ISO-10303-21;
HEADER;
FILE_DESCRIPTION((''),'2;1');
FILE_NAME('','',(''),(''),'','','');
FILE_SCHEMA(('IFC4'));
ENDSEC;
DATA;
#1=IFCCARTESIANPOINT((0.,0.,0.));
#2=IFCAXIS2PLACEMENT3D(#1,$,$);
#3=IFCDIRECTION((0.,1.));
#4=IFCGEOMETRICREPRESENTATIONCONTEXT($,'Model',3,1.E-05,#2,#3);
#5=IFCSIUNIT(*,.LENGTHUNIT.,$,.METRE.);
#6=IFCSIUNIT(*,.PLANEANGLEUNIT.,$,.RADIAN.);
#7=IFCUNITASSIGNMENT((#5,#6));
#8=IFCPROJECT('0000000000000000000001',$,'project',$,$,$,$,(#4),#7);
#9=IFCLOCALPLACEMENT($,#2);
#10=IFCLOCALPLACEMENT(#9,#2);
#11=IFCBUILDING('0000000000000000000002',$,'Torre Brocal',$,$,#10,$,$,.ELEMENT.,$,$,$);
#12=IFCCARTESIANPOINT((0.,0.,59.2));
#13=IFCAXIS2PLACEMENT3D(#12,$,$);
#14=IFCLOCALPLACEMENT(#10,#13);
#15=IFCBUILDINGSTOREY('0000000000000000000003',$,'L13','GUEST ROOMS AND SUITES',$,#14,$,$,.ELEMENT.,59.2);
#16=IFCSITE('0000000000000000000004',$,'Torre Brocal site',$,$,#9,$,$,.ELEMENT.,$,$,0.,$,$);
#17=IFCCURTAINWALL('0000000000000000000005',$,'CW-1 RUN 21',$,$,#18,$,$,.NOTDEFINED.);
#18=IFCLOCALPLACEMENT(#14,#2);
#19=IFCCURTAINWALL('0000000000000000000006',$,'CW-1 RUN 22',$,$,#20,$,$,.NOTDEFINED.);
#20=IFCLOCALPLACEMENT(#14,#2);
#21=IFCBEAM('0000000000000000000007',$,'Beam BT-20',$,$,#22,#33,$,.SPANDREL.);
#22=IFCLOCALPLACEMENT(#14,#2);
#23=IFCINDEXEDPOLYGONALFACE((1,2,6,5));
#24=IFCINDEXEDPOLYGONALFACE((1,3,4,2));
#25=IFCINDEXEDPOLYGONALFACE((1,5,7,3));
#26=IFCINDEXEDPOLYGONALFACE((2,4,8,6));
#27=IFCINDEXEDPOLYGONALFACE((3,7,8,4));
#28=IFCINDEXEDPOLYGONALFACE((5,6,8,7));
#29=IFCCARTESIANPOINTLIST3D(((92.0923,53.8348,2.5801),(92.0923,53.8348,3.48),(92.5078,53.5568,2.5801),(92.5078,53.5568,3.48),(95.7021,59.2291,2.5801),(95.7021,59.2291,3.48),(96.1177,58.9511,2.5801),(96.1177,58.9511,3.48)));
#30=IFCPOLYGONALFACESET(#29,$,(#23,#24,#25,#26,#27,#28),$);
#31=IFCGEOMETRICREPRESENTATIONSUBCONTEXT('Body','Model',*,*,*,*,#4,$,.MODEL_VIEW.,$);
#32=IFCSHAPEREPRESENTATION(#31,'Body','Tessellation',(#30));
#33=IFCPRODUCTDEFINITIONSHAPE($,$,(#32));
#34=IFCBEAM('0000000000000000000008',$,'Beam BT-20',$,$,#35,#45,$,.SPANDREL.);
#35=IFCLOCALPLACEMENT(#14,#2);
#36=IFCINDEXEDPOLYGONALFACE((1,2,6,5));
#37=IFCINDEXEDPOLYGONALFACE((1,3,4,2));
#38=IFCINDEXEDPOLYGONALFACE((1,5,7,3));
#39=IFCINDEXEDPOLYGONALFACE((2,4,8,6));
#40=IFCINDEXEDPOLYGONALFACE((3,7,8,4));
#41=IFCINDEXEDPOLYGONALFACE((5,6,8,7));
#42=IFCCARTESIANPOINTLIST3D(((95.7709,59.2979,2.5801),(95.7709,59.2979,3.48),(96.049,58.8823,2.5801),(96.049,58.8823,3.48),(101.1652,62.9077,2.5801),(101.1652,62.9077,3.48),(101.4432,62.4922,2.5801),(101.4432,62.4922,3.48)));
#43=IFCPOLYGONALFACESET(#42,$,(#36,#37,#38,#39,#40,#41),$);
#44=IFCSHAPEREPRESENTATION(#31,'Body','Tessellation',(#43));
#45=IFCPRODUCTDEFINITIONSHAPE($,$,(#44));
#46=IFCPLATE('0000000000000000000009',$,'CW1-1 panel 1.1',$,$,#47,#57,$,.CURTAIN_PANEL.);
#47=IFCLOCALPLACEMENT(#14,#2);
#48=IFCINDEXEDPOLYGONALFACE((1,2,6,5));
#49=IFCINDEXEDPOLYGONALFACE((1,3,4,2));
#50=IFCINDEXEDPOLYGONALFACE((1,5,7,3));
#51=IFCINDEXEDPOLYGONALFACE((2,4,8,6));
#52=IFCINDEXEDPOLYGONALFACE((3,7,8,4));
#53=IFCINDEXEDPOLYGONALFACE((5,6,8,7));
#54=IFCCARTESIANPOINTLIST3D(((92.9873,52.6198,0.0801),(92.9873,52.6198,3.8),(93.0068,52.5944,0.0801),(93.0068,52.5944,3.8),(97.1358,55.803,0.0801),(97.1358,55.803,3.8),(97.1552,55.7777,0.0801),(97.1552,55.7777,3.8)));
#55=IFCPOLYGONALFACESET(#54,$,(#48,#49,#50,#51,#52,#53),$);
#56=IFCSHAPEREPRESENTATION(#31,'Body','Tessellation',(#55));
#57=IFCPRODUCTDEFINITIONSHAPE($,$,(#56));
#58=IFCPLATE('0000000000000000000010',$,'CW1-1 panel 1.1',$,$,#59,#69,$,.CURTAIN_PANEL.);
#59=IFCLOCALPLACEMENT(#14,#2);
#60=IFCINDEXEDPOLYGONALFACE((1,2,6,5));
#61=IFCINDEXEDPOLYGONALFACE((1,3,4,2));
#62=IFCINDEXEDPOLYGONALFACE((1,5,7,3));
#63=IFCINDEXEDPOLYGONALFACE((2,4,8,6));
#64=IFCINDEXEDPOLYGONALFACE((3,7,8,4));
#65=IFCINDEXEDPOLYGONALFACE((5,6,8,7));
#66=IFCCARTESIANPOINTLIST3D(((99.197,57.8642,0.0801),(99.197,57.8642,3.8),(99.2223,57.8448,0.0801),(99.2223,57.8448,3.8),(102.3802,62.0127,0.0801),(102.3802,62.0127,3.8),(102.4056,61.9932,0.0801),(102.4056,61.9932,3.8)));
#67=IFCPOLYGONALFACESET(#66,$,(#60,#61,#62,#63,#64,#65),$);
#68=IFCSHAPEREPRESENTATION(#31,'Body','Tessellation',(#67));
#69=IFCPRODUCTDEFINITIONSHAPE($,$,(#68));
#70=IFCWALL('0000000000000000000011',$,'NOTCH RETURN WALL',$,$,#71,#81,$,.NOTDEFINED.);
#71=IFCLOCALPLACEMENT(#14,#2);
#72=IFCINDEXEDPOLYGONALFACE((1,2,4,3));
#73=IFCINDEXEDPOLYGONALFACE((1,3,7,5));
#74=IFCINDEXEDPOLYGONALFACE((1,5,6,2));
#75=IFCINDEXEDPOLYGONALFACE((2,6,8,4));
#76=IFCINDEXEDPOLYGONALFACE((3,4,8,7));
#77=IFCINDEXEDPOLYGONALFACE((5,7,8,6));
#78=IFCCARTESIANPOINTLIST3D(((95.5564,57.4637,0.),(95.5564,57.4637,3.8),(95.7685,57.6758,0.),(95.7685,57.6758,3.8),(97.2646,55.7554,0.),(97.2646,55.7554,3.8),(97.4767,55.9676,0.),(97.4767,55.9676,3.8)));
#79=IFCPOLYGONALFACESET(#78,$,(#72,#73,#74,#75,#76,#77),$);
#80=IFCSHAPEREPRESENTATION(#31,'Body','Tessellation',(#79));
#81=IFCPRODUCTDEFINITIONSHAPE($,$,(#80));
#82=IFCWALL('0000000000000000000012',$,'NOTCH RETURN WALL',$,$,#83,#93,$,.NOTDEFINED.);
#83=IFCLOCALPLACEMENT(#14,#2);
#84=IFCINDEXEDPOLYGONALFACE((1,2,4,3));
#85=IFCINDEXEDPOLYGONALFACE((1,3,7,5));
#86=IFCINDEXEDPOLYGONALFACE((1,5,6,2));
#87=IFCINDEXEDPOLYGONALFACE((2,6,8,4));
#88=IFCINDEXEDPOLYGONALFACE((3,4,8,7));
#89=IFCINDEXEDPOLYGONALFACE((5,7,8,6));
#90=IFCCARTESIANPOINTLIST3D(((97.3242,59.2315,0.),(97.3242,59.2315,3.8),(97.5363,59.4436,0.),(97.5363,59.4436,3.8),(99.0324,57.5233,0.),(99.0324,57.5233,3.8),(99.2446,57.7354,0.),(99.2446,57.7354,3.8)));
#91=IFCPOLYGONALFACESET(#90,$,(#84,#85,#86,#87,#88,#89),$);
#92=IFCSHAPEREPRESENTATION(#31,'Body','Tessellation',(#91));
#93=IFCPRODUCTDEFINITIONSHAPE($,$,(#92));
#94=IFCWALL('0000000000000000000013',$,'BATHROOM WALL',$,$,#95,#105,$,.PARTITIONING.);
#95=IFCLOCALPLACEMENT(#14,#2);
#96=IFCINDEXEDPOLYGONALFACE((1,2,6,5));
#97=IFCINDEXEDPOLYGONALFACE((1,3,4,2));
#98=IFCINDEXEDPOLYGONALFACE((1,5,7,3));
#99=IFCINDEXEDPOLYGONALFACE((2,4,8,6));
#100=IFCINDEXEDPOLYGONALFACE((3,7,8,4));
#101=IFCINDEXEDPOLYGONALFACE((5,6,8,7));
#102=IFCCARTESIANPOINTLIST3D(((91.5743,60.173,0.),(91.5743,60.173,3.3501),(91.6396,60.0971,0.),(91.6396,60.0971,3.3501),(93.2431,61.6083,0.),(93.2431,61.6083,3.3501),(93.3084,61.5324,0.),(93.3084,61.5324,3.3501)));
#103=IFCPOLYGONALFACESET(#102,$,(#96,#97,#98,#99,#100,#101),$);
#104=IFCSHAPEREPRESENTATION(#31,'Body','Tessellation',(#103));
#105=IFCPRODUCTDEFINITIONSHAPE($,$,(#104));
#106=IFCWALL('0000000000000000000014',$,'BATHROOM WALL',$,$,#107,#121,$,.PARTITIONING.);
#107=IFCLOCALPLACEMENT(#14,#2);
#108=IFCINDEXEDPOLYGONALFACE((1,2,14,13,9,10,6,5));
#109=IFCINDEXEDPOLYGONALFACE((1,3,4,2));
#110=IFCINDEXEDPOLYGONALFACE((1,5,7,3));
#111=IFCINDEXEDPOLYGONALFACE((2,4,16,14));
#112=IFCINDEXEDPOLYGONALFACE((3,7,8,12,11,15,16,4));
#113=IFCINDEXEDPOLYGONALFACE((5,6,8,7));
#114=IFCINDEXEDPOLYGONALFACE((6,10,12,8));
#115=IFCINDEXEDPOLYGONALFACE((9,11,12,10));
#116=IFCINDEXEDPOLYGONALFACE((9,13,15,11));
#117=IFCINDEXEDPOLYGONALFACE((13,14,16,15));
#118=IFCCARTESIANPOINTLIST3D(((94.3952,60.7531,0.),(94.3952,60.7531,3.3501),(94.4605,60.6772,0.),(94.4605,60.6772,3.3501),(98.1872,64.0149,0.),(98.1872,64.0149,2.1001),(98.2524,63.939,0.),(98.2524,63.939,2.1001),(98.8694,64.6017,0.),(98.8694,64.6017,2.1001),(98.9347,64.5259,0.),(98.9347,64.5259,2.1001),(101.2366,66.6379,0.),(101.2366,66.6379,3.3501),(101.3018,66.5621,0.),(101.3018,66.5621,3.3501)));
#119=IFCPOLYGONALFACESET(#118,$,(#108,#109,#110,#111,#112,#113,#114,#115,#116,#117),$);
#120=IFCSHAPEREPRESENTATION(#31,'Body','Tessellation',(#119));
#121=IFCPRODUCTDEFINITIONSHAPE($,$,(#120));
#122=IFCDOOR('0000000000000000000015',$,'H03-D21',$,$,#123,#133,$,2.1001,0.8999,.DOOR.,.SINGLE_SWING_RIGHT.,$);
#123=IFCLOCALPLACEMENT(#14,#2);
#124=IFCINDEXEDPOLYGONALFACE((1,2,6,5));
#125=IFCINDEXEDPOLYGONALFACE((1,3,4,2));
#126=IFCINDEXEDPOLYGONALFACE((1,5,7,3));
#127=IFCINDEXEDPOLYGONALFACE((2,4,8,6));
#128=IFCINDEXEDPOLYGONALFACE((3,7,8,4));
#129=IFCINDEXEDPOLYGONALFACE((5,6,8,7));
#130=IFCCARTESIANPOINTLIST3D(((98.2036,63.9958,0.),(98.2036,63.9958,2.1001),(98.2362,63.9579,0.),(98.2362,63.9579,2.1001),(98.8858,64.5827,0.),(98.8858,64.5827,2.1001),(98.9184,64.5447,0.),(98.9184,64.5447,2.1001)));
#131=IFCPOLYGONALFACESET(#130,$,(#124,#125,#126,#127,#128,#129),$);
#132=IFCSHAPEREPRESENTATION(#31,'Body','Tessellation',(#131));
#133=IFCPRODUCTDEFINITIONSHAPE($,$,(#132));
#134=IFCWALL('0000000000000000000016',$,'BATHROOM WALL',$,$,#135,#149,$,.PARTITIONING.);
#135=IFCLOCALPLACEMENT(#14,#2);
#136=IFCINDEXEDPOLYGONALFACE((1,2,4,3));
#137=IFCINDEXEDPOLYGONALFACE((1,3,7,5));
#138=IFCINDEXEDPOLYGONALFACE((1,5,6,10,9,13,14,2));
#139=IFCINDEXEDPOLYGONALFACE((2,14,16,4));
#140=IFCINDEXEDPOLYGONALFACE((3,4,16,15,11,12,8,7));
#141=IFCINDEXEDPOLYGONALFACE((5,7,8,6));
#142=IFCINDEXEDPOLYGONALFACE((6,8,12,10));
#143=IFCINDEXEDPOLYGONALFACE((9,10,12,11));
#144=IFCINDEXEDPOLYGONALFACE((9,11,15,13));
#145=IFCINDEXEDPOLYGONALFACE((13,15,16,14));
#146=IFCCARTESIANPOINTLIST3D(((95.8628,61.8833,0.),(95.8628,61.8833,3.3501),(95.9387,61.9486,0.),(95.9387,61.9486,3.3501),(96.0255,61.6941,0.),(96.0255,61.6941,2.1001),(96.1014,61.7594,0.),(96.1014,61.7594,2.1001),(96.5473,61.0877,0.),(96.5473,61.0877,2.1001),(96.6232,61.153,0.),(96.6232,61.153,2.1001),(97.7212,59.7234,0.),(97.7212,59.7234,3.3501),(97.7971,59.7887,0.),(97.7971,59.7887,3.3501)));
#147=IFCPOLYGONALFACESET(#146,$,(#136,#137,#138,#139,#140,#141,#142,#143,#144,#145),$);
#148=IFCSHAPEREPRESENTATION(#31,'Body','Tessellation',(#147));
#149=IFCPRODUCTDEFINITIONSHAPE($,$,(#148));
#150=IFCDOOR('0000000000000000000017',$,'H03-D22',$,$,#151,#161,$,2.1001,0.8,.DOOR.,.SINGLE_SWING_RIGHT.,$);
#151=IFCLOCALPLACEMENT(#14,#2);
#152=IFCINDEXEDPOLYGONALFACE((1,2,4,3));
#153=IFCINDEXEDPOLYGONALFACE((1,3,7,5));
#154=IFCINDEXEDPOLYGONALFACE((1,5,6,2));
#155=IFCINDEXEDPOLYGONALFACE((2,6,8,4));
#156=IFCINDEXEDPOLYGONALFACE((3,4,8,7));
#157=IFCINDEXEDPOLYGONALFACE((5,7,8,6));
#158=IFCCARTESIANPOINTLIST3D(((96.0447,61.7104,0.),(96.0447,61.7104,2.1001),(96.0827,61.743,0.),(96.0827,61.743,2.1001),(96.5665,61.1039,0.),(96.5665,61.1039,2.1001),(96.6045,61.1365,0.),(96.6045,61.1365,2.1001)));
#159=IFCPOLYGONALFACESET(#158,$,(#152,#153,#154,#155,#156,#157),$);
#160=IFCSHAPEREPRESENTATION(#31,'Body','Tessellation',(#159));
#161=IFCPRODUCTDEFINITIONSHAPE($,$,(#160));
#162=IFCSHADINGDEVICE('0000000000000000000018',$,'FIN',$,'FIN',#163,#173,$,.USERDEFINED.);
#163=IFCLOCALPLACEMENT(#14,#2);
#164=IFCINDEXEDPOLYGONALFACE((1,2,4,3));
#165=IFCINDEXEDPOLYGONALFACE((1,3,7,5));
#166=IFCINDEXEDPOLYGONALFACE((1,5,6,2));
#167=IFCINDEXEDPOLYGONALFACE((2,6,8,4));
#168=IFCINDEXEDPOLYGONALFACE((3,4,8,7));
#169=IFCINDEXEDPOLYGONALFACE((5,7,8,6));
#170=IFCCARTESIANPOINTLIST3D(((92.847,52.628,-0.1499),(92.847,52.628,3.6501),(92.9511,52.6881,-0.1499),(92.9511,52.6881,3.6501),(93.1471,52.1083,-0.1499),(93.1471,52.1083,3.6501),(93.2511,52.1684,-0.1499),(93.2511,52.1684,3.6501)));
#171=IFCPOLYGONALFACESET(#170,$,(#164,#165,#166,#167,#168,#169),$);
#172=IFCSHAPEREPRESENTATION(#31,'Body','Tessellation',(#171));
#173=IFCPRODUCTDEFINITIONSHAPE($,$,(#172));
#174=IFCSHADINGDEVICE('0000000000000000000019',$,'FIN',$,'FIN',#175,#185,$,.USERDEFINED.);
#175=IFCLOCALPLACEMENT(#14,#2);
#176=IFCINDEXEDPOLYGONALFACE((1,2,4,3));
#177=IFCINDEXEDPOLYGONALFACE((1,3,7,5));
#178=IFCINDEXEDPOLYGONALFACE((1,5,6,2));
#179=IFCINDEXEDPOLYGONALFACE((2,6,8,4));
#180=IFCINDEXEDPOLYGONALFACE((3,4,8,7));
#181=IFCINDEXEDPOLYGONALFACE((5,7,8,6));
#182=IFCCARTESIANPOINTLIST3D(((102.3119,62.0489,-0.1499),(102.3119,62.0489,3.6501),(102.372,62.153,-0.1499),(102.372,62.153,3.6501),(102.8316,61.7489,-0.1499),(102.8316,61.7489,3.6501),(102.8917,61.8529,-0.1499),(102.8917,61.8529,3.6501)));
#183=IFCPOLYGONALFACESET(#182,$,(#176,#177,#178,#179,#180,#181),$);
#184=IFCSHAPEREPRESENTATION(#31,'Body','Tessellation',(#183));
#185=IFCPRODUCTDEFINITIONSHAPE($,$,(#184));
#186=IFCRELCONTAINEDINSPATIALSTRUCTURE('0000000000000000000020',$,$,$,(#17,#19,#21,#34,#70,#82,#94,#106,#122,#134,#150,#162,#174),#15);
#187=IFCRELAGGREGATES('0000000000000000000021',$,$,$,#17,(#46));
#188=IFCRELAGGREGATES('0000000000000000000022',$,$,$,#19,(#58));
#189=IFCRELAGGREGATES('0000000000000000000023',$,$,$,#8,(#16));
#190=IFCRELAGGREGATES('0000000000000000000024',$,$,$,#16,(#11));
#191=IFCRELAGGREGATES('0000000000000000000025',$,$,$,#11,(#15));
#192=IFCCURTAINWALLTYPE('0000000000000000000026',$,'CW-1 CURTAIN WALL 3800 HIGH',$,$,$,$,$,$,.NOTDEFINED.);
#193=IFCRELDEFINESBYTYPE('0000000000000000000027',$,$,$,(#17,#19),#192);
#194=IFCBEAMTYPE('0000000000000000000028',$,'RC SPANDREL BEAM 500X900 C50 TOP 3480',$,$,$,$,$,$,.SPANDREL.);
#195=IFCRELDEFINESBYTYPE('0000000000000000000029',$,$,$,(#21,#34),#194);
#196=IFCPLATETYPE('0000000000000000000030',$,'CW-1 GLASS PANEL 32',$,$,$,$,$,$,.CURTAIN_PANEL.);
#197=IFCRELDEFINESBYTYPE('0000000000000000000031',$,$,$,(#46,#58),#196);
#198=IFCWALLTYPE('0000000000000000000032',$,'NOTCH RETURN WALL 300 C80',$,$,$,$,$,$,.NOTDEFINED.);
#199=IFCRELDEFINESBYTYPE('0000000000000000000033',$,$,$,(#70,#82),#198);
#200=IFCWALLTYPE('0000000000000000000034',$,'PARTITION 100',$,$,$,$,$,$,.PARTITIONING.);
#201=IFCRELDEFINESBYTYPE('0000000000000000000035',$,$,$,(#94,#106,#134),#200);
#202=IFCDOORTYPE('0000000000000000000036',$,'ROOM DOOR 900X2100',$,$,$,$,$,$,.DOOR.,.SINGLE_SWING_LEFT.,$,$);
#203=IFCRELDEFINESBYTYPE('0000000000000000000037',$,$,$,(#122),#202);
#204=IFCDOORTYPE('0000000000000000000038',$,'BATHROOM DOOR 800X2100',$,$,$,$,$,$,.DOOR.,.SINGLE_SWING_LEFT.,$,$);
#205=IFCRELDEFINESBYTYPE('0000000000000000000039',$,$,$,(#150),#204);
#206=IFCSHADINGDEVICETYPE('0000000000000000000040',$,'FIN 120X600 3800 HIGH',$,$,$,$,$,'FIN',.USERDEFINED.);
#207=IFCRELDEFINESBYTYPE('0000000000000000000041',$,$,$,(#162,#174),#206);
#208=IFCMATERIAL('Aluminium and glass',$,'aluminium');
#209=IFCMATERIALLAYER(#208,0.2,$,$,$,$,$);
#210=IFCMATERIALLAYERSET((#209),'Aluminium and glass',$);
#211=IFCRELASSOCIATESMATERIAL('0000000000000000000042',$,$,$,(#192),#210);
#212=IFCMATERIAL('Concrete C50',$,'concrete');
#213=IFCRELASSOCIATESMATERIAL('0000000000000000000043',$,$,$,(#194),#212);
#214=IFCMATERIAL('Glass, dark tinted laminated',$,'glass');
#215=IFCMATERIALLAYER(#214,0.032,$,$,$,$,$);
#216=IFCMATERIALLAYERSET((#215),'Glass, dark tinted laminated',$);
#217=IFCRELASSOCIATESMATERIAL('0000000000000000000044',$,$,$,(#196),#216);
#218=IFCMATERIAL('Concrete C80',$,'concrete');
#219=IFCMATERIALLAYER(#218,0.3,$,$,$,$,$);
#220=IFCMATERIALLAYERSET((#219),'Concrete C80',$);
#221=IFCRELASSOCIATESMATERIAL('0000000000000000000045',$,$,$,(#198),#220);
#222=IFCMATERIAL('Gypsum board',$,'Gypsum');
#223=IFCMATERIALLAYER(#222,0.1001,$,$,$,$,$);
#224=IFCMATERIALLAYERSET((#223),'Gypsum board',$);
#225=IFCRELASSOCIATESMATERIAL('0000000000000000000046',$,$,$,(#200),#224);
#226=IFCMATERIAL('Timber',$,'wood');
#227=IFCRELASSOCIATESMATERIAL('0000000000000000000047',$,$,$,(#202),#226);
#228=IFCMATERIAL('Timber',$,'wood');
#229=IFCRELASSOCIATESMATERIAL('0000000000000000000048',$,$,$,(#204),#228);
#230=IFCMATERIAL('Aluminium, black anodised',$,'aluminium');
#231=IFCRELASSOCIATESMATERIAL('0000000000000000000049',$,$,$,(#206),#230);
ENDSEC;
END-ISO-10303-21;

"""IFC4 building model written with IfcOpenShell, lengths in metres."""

from ifc_helpers import new_model, si_unit, direction, frame, frame_2d, origin, origin_2d, place, context, subcontext, project, spatial, rectangle, extrude, material, layer, layer_set, material_profile, profile_set, type_object, element, fill, aggregate, save


model = new_model("IFC4")

# Units and contexts
model_context = context("Model", 3, precision=1e-05, world=origin(), true_north=direction((0.0, 1.0)))
body_context = subcontext(model_context, "Body", "Model", "MODEL_VIEW")
ifc_project = project(units=[si_unit("LENGTHUNIT", "METRE"), si_unit("PLANEANGLEUNIT", "RADIAN")], contexts=[model_context])

# Site, building, storey
site_placement = place(None, origin())
site = spatial("IfcSite", under=ifc_project, at=site_placement, Name="Torre Brocal site", CompositionType="ELEMENT", RefElevation=0.0)
building_placement = place(site_placement, origin())
building = spatial("IfcBuilding", under=site, at=building_placement, Name="Torre Brocal", CompositionType="ELEMENT")
storey_placement = place(building_placement, frame((0.0, 0.0, 59.2)))
storey = spatial("IfcBuildingStorey", under=building, at=storey_placement, Name="L13", Description="GUEST ROOMS AND SUITES", CompositionType="ELEMENT", Elevation=59.2)

# Shared definitions
ifc_material_1 = material(Name="Aluminium and glass", Category="aluminium")
ifc_layer_1 = layer(ifc_material_1, 0.2)
ifc_layer_set_1 = layer_set([ifc_layer_1], Name="Aluminium and glass")
curtain_wall_type = type_object("IfcCurtainWallType", Name="CW-1 CURTAIN WALL 3800 HIGH", PredefinedType="NOTDEFINED", material=ifc_layer_set_1)

# Curtain walls
curtain_wall_1_placement = place(storey_placement, origin())
curtain_wall_1 = element("IfcCurtainWall", 1, at=curtain_wall_1_placement, inside=storey, type_object=curtain_wall_type, Name="CW-1 RUN 21", PredefinedType="NOTDEFINED")
curtain_wall_2_placement = place(storey_placement, origin())
curtain_wall_2 = element("IfcCurtainWall", 2, at=curtain_wall_2_placement, inside=storey, type_object=curtain_wall_type, Name="CW-1 RUN 22", PredefinedType="NOTDEFINED")

# Beams
ifc_material_2 = material(Name="Concrete C50", Category="concrete")
ifc_material_profile_1 = material_profile(ifc_material_2, rectangle(XDim=0.5, YDim=0.8999, at=origin_2d()), Name="RC 500X900")
ifc_profile_set_1 = profile_set([ifc_material_profile_1], Name="Concrete C50")
beam_type_1 = type_object("IfcBeamType", Name="RC SPANDREL BEAM 500X900 C50 TOP 3480", PredefinedType="SPANDREL", material=ifc_profile_set_1)
for number, where, z_axis, x_axis, name in (
    (3, (92.3, 53.6958, 3.03), (0.556158, 0.831077, 0.0), (-0.831077, 0.556158, 0.0), "Beam BT-20"),
    (4, (95.9099, 59.0901, 3.03), (0.831077, 0.556158, 0.0), (-0.556158, 0.831077, 0.0), "Beam BT-20"),
):
    element("IfcBeam", number, at=place(storey_placement, frame(where, z_axis=z_axis, x_axis=x_axis)), inside=storey, type_object=beam_type_1, Name=name, PredefinedType="SPANDREL", context=body_context, shape_type="SweptSolid", body=[
        extrude(rectangle(XDim=0.5, YDim=0.8999, at=origin_2d()), origin(), (0.0, 0.0, 1.0), 6.4907),
    ])

# Plates
ifc_material_3 = material(Name="Glass, dark tinted laminated", Category="glass")
ifc_layer_2 = layer(ifc_material_3, 0.032)
ifc_layer_set_2 = layer_set([ifc_layer_2], Name="Glass, dark tinted laminated")
plate_type = type_object("IfcPlateType", Name="CW-1 GLASS PANEL 32", PredefinedType="CURTAIN_PANEL", material=ifc_layer_set_2)
plate_1_placement = place(storey_placement, frame((95.0713, 54.1987, 0.0801), z_axis=(0.0, 0.0, 1.0), x_axis=(0.793353, 0.608761, 0.0)))
plate_1 = element("IfcPlate", 5, at=plate_1_placement, type_object=plate_type, Name="CW1-1 panel 1.1", PredefinedType="CURTAIN_PANEL", context=body_context, shape_type="SweptSolid", body=[
    extrude(rectangle(XDim=5.229, YDim=0.032, at=origin_2d()), origin(), (0.0, 0.0, 1.0), 3.72),
])
aggregate(curtain_wall_1, [plate_1])
plate_2_placement = place(storey_placement, frame((100.8013, 59.9287, 0.0801), z_axis=(0.0, 0.0, 1.0), x_axis=(0.608761, 0.793353, 0.0)))
plate_2 = element("IfcPlate", 6, at=plate_2_placement, type_object=plate_type, Name="CW1-1 panel 1.1", PredefinedType="CURTAIN_PANEL", context=body_context, shape_type="SweptSolid", body=[
    extrude(rectangle(XDim=5.229, YDim=0.032, at=origin_2d()), origin(), (0.0, 0.0, 1.0), 3.72),
])
aggregate(curtain_wall_2, [plate_2])

# Walls
ifc_material_4 = material(Name="Concrete C80", Category="concrete")
ifc_layer_3 = layer(ifc_material_4, 0.3)
ifc_layer_set_3 = layer_set([ifc_layer_3], Name="Concrete C80")
wall_type_1 = type_object("IfcWallType", Name="NOTCH RETURN WALL 300 C80", PredefinedType="NOTDEFINED", material=ifc_layer_set_3)
for number, where, z_axis, x_axis, name in (
    (7, (95.6624, 57.5698, 0.0), (0.0, 0.0, 1.0), (0.707107, -0.707107, 0.0), "NOTCH RETURN WALL"),
    (8, (97.4302, 59.3376, 0.0), (0.0, 0.0, 1.0), (0.707107, -0.707107, 0.0), "NOTCH RETURN WALL"),
):
    element("IfcWall", number, at=place(storey_placement, frame(where, z_axis=z_axis, x_axis=x_axis)), inside=storey, type_object=wall_type_1, Name=name, PredefinedType="NOTDEFINED", context=body_context, shape_type="SweptSolid", body=[
        extrude(rectangle(XDim=2.4158, YDim=0.3, at=frame_2d((1.208, 0.0))), origin(), (0.0, 0.0, 1.0), 3.8),
    ])
ifc_material_5 = material(Name="Gypsum board", Category="Gypsum")
ifc_layer_4 = layer(ifc_material_5, 0.1001)
ifc_layer_set_4 = layer_set([ifc_layer_4], Name="Gypsum board")
wall_type_2 = type_object("IfcWallType", Name="PARTITION 100", PredefinedType="PARTITIONING", material=ifc_layer_set_4)
wall_1_placement = place(storey_placement, frame((91.6069, 60.135, 0.0), z_axis=(0.0, 0.0, 1.0), x_axis=(0.758136, 0.652097, 0.0)))
element("IfcWall", 9, at=wall_1_placement, inside=storey, type_object=wall_type_2, Name="BATHROOM WALL", PredefinedType="PARTITIONING", context=body_context, shape_type="SweptSolid", body=[
    extrude(rectangle(XDim=2.2012, YDim=0.1001, at=frame_2d((1.1006, 0.0))), origin(), (0.0, 0.0, 1.0), 3.3501),
])

# Walls, openings, doors
wall_2_placement = place(storey_placement, frame((94.4277, 60.7151, 0.0), z_axis=(0.0, 0.0, 1.0), x_axis=(0.758117, 0.652118, 0.0)))
wall_2 = element("IfcWall", 10, at=wall_2_placement, inside=storey, type_object=wall_type_2, Name="BATHROOM WALL", PredefinedType="PARTITIONING", context=body_context, shape_type="SweptSolid", body=[
    extrude(rectangle(XDim=9.0242, YDim=0.1001, at=frame_2d((4.5122, 0.0))), origin(), (0.0, 0.0, 1.0), 3.3501),
])
opening_1_placement = place(wall_2_placement, frame((5.002, 0.0, 0.0)))
opening_1 = element("IfcOpeningElement", 11, at=opening_1_placement, cuts=wall_2, PredefinedType="OPENING", context=body_context, shape_type="SweptSolid", body=[
    extrude(rectangle(XDim=0.8999, YDim=2.1001, at=frame_2d((0.45, 1.05))), frame((0.0, 0.0601, 0.0), z_axis=(0.0, -1.0, 0.0), x_axis=(1.0, 0.0, 0.0)), (0.0, 0.0, 1.0), 0.1201),
])
ifc_material_6 = material(Name="Timber", Category="wood")
door_type_1 = type_object("IfcDoorType", Name="ROOM DOOR 900X2100", OperationType="SINGLE_SWING_LEFT", PredefinedType="DOOR", material=ifc_material_6)
door_1_placement = place(opening_1_placement, origin())
door_1 = element("IfcDoor", 12, at=door_1_placement, inside=storey, type_object=door_type_1, Name="H03-D21", OperationType="SINGLE_SWING_RIGHT", OverallHeight=2.1001, OverallWidth=0.8999, PredefinedType="DOOR", context=body_context, shape_type="SweptSolid", body=[
    extrude(rectangle(XDim=0.8999, YDim=2.1001, at=frame_2d((0.45, 1.05))), frame((0.0, 0.0249, 0.0), z_axis=(0.0, -1.0, 0.0), x_axis=(1.0, 0.0, 0.0)), (0.0, 0.0, 1.0), 0.05),
])
fill(opening_1, door_1)
wall_3_placement = place(storey_placement, frame((95.9006, 61.916, 0.0), z_axis=(0.0, 0.0, 1.0), x_axis=(0.652216, -0.758034, 0.0)))
wall_3 = element("IfcWall", 13, at=wall_3_placement, inside=storey, type_object=wall_type_2, Name="BATHROOM WALL", PredefinedType="PARTITIONING", context=body_context, shape_type="SweptSolid", body=[
    extrude(rectangle(XDim=2.8494, YDim=0.1001, at=frame_2d((1.4248, 0.0))), origin(), (0.0, 0.0, 1.0), 3.3501),
])
opening_2_placement = place(wall_3_placement, frame((0.2498, 0.0, 0.0)))
opening_2 = element("IfcOpeningElement", 14, at=opening_2_placement, cuts=wall_3, PredefinedType="OPENING", context=body_context, shape_type="SweptSolid", body=[
    extrude(rectangle(XDim=0.8, YDim=2.1001, at=frame_2d((0.3999, 1.05))), frame((0.0, 0.0601, 0.0), z_axis=(0.0, -1.0, 0.0), x_axis=(1.0, 0.0, 0.0)), (0.0, 0.0, 1.0), 0.1201),
])
ifc_material_7 = material(Name="Timber", Category="wood")
door_type_2 = type_object("IfcDoorType", Name="BATHROOM DOOR 800X2100", OperationType="SINGLE_SWING_LEFT", PredefinedType="DOOR", material=ifc_material_7)
door_2_placement = place(opening_2_placement, frame((0.8, 0.0, 0.0), z_axis=(0.0, 0.0, 1.0), x_axis=(-1.0, 0.0, 0.0)))
door_2 = element("IfcDoor", 15, at=door_2_placement, inside=storey, type_object=door_type_2, Name="H03-D22", OperationType="SINGLE_SWING_RIGHT", OverallHeight=2.1001, OverallWidth=0.8, PredefinedType="DOOR", context=body_context, shape_type="SweptSolid", body=[
    extrude(rectangle(XDim=0.8, YDim=2.1001, at=frame_2d((0.3999, 1.05))), frame((0.0, 0.0249, 0.0), z_axis=(0.0, -1.0, 0.0), x_axis=(1.0, 0.0, 0.0)), (0.0, 0.0, 1.0), 0.05),
])
fill(opening_2, door_2)

# Shading devices
ifc_material_8 = material(Name="Aluminium, black anodised", Category="aluminium")
ifc_material_profile_2 = material_profile(ifc_material_8, rectangle(XDim=0.1201, YDim=0.6001, at=origin_2d()), Name="FIN 120X600 3800 HIGH")
ifc_profile_set_2 = profile_set([ifc_material_profile_2], Name="Aluminium, black anodised")
shading_device_type = type_object("IfcShadingDeviceType", Name="FIN 120X600 3800 HIGH", ElementType="FIN", PredefinedType="USERDEFINED", material=ifc_profile_set_2)
for number, where, z_axis, x_axis, name in (
    (16, (93.0491, 52.3982, -0.1499), (0.0, 0.0, 1.0), (0.866025, 0.5, 0.0), "FIN"),
    (17, (102.6018, 61.9509, -0.1499), (0.0, 0.0, 1.0), (0.5, 0.866025, 0.0), "FIN"),
):
    element("IfcShadingDevice", number, at=place(storey_placement, frame(where, z_axis=z_axis, x_axis=x_axis)), inside=storey, type_object=shading_device_type, Name=name, ObjectType="FIN", PredefinedType="USERDEFINED", context=body_context, shape_type="SweptSolid", body=[
        extrude(rectangle(XDim=0.1201, YDim=0.6001, at=origin_2d()), origin(), (0.0, 0.0, 1.0), 3.8),
    ])

save(model, "model.ifc")
